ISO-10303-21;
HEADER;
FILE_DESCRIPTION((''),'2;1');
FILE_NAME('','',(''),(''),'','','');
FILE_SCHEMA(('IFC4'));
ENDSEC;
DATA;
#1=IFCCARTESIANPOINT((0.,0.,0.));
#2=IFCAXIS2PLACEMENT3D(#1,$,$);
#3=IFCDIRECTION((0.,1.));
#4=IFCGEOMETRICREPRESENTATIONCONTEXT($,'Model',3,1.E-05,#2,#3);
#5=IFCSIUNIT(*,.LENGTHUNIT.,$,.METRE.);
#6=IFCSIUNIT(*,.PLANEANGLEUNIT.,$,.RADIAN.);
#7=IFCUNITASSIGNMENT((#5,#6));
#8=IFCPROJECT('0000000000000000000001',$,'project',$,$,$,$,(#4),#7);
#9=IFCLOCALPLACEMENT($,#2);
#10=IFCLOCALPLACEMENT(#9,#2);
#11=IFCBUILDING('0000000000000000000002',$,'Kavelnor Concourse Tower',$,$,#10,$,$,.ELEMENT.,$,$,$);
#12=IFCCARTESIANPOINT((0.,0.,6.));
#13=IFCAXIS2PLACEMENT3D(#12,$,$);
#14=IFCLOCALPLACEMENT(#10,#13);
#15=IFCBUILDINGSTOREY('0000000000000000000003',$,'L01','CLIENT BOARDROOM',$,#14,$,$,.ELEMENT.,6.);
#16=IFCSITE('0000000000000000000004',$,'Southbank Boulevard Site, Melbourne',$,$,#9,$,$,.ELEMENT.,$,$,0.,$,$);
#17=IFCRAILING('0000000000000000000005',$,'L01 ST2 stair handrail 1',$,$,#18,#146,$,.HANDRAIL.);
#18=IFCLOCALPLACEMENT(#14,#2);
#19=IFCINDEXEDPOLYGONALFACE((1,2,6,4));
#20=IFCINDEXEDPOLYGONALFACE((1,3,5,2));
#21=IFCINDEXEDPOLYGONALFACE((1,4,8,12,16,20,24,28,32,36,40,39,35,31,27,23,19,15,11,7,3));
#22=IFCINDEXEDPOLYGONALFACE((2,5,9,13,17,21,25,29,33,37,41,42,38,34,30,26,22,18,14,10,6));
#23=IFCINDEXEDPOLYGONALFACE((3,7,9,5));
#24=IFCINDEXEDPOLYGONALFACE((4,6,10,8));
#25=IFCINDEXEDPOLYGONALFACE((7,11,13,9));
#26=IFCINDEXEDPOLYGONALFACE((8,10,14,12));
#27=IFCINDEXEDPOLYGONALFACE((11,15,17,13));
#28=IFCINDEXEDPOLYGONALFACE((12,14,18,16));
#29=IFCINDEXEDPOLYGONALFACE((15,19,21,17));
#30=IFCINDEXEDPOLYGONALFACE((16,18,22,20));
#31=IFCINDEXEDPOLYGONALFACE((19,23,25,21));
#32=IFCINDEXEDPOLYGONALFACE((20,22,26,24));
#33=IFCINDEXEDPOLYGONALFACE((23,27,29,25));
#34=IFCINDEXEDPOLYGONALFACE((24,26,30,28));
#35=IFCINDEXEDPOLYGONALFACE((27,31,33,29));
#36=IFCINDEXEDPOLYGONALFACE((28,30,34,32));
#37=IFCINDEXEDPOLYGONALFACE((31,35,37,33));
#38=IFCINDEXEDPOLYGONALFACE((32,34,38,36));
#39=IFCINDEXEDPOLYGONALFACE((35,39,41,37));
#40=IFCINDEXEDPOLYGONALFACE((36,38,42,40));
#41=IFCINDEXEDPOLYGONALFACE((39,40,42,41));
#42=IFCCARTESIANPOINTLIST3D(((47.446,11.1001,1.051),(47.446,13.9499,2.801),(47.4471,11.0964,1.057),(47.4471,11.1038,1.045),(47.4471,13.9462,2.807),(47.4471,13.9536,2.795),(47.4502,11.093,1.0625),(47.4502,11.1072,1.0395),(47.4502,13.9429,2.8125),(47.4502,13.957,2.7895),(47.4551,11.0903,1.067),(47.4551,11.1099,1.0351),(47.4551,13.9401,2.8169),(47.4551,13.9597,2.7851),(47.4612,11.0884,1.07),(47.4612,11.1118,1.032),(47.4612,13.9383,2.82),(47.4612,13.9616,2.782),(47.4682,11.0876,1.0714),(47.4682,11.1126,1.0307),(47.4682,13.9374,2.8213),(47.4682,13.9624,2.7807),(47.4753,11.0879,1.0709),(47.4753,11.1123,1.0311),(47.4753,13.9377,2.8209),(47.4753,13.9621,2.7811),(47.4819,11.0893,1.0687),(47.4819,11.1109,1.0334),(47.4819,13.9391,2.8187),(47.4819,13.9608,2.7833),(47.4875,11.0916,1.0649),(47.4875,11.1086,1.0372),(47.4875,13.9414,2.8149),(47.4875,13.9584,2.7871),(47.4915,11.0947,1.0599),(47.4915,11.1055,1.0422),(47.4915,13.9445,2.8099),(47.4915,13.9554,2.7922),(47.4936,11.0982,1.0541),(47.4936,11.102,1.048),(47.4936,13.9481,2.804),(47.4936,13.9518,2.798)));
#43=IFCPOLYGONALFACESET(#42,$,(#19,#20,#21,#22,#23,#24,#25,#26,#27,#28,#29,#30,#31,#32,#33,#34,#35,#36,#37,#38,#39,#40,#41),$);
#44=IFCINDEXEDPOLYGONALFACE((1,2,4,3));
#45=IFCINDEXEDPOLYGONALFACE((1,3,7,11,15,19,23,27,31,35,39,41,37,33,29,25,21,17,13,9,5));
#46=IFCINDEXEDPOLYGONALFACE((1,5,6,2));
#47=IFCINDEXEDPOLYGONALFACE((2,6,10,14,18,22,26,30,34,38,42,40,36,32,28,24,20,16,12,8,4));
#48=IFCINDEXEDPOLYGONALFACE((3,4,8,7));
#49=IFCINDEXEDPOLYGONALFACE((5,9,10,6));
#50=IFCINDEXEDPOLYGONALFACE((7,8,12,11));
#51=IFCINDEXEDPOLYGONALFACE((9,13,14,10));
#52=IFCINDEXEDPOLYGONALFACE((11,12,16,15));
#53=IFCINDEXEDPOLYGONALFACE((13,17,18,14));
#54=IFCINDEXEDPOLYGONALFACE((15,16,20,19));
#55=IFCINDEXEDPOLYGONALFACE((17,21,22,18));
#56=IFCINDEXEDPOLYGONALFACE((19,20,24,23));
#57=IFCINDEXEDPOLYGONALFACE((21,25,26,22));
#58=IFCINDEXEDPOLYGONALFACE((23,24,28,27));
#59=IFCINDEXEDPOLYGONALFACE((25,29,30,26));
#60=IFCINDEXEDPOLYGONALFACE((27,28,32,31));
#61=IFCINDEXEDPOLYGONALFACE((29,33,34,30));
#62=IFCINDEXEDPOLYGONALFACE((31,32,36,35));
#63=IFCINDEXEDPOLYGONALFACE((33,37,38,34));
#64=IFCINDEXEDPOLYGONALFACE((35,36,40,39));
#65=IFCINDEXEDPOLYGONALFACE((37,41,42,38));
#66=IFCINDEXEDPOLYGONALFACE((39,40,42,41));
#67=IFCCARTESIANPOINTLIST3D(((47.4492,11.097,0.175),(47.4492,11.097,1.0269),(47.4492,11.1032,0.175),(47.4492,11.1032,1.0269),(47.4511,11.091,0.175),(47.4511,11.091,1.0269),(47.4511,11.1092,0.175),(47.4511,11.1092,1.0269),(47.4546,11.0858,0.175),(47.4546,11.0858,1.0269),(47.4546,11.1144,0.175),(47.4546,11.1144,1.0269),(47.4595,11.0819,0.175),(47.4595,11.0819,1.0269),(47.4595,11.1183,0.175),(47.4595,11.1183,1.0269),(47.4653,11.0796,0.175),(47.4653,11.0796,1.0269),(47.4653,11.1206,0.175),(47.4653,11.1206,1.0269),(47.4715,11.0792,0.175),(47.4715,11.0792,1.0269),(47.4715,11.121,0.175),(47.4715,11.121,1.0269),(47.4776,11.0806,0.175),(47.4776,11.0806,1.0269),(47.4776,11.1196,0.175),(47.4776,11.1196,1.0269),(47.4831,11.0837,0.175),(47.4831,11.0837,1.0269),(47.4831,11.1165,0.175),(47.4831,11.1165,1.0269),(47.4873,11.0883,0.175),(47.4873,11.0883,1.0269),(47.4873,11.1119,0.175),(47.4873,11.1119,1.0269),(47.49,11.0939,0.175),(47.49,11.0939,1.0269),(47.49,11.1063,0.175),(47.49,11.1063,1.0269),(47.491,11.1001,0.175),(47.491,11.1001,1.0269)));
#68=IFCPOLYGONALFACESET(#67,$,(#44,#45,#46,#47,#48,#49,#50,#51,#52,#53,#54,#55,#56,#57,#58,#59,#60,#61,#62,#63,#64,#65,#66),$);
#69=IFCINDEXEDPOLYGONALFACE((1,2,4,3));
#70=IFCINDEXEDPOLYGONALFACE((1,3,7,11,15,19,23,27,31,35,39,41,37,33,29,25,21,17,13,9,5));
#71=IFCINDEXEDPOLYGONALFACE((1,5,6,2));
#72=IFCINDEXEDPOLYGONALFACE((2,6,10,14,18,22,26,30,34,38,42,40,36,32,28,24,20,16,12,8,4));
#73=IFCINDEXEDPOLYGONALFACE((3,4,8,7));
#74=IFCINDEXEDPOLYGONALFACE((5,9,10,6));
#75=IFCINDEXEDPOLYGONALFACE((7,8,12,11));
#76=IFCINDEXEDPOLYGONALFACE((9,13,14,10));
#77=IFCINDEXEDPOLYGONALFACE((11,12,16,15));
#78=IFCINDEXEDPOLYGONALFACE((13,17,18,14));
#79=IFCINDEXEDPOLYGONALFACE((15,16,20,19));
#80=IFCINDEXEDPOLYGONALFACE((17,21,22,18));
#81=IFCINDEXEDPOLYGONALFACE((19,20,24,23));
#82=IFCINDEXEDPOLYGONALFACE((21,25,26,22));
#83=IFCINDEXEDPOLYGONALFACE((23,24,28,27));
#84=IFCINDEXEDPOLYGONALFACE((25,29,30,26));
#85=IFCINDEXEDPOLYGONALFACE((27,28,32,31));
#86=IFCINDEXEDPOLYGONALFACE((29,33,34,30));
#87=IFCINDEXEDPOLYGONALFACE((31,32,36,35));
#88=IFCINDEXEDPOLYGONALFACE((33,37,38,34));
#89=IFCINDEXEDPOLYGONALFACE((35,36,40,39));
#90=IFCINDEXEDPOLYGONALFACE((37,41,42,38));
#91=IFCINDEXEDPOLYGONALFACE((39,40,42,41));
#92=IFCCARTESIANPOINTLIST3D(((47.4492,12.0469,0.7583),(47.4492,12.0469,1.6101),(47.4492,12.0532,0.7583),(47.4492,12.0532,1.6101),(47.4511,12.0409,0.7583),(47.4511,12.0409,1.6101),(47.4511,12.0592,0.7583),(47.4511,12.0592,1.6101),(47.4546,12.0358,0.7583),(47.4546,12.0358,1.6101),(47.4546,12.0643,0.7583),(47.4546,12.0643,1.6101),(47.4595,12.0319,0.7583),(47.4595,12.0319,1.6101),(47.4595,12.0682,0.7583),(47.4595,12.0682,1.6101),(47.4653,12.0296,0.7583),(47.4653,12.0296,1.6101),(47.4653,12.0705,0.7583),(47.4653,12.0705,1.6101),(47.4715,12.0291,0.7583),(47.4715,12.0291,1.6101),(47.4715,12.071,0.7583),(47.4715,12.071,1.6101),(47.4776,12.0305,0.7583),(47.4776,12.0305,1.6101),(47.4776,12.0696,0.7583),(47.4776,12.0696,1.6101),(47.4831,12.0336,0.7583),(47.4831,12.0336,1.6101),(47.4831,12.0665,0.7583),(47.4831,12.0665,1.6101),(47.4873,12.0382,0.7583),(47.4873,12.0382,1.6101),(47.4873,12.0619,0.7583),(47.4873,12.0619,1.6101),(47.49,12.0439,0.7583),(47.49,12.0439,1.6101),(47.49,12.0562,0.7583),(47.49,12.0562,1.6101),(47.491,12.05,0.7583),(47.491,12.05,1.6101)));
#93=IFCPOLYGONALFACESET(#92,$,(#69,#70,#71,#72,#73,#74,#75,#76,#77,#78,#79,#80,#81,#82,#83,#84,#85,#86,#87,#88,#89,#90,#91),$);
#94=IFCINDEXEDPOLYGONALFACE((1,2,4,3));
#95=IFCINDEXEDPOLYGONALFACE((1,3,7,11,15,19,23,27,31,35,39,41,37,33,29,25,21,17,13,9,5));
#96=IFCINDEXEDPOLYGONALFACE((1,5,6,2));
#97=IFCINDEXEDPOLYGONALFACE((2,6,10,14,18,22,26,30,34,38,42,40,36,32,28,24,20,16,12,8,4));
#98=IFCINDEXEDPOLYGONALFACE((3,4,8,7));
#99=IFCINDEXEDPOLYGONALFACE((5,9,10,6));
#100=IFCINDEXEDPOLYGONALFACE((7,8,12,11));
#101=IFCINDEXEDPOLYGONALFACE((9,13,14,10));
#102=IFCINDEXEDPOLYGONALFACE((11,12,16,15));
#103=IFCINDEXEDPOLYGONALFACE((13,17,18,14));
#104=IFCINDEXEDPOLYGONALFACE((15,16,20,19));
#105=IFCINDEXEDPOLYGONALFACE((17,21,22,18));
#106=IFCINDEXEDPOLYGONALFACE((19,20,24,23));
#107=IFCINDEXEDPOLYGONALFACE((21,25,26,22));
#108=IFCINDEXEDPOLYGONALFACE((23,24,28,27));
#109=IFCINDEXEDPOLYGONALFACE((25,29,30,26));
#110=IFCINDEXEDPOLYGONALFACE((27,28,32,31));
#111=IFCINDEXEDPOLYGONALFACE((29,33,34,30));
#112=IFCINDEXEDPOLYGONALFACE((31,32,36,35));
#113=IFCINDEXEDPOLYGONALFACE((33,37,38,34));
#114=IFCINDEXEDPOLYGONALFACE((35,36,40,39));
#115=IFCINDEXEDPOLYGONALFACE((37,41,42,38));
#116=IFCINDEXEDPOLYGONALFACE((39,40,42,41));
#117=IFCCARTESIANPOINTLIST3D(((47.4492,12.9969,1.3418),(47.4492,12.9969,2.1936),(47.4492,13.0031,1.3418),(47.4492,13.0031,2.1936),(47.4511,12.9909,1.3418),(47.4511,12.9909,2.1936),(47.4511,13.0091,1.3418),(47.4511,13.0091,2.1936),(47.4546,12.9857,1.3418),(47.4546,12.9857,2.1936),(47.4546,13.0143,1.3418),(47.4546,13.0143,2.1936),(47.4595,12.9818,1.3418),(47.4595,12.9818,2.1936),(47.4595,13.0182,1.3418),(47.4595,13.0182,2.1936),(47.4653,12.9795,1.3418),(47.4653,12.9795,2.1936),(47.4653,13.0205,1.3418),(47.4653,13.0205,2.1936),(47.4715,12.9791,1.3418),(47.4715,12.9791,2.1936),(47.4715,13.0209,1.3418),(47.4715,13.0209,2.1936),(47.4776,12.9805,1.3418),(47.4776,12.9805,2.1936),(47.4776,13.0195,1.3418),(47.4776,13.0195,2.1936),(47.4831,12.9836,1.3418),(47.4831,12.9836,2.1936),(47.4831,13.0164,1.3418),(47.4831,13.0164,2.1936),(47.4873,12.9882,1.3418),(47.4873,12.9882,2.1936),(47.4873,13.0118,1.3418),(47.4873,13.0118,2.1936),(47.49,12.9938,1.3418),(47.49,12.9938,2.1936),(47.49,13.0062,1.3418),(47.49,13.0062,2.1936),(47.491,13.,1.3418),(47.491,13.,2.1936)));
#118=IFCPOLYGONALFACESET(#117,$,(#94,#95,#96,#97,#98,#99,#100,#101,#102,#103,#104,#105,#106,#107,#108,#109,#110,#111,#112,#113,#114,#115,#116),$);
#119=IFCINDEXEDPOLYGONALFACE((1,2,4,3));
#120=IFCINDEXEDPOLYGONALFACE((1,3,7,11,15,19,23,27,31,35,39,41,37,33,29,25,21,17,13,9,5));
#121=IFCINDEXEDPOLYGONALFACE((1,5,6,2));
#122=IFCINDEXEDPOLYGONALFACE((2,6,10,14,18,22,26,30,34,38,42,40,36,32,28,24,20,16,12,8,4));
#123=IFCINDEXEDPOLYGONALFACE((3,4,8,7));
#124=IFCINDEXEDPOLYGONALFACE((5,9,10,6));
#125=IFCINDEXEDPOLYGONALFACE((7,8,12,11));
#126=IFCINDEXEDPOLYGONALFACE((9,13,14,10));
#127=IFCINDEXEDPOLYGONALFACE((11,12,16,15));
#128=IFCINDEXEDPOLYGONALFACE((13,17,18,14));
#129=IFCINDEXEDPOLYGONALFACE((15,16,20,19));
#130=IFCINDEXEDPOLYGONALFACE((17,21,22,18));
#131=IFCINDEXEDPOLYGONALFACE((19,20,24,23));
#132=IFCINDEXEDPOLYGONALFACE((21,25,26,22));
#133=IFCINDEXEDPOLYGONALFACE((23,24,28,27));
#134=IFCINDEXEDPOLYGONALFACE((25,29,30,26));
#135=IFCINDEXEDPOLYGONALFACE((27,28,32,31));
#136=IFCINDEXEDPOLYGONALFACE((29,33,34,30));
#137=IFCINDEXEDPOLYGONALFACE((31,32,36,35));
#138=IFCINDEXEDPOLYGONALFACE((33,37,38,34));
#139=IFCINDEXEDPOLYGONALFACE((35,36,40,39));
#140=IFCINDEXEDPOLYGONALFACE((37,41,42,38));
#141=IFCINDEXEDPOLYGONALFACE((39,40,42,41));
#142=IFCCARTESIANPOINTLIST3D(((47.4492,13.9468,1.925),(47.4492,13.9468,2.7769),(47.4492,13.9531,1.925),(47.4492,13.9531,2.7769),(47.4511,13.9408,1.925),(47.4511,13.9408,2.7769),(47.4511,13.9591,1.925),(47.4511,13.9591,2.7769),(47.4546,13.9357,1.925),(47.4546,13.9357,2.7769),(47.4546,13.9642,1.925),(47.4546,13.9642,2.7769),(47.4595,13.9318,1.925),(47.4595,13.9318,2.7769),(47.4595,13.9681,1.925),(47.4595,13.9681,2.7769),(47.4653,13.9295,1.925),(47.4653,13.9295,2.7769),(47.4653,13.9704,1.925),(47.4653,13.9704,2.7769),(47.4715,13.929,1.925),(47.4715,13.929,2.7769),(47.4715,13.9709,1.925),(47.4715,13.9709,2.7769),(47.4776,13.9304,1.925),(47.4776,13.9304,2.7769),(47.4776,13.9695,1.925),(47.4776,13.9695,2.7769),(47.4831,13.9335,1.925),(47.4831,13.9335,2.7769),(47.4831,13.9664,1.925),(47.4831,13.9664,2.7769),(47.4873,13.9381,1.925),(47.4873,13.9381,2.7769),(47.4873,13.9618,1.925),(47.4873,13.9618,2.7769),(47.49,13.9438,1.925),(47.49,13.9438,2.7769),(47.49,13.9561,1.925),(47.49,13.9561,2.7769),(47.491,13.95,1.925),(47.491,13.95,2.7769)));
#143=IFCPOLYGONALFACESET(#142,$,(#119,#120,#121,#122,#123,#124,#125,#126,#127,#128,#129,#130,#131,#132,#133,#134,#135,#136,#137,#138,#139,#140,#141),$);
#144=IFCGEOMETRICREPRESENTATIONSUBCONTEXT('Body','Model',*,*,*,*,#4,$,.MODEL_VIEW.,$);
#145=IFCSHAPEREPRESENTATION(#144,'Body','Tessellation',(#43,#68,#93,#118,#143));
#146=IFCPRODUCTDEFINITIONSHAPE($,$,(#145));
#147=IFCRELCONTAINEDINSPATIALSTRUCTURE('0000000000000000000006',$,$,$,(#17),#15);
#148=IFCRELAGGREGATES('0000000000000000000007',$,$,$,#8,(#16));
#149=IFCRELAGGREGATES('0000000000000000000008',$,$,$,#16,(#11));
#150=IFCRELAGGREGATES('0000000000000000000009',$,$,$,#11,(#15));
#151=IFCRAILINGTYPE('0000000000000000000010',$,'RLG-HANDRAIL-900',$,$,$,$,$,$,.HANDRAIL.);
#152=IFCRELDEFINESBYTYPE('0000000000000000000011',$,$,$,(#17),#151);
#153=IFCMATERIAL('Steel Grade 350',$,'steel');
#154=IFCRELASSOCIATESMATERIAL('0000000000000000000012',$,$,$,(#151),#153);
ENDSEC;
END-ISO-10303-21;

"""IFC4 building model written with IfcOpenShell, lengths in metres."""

from ifc_helpers import new_model, si_unit, direction, frame, origin, origin_2d, place, context, subcontext, project, spatial, circle, extrude, material, type_object, element, save


model = new_model("IFC4")

# Units and contexts
model_context = context("Model", 3, precision=1e-05, world=origin(), true_north=direction((0.0, 1.0)))
body_context = subcontext(model_context, "Body", "Model", "MODEL_VIEW")
ifc_project = project(units=[si_unit("LENGTHUNIT", "METRE"), si_unit("PLANEANGLEUNIT", "RADIAN")], contexts=[model_context])

# Site, building, storey
site_placement = place(None, origin())
site = spatial("IfcSite", under=ifc_project, at=site_placement, Name="Southbank Boulevard Site, Melbourne", CompositionType="ELEMENT", RefElevation=0.0)
building_placement = place(site_placement, origin())
building = spatial("IfcBuilding", under=site, at=building_placement, Name="Kavelnor Concourse Tower", CompositionType="ELEMENT")
storey_placement = place(building_placement, frame((0.0, 0.0, 6.0)))
storey = spatial("IfcBuildingStorey", under=building, at=storey_placement, Name="L01", Description="CLIENT BOARDROOM", CompositionType="ELEMENT", Elevation=6.0)

# Shared definitions
ifc_material_1 = material(Name="Steel Grade 350", Category="steel")

# Railing
railing_type_1 = type_object("IfcRailingType", Name="RLG-HANDRAIL-900", PredefinedType="HANDRAIL", material=ifc_material_1)
railing_1_placement = place(storey_placement, frame((47.47, 11.1001, 0.175)))
element("IfcRailing", 1, at=railing_1_placement, inside=storey, type_object=railing_type_1, Name="L01 ST2 stair handrail 1", PredefinedType="HANDRAIL", context=body_context, shape_type="SweptSolid", body=[
    extrude(circle(Radius=0.0239, at=origin_2d()), frame((0.0, 0.0, 0.876), z_axis=(0.0, 0.852159, 0.523283), x_axis=(-1.0, 0.0, 0.0)), (0.0, 0.0, 1.0), 3.3442),
    extrude(circle(Radius=0.021, at=origin_2d()), origin(), (0.0, 0.0, 1.0), 0.8518),
    extrude(circle(Radius=0.021, at=origin_2d()), frame((0.0, 0.95, 0.5833)), (0.0, 0.0, 1.0), 0.8518),
    extrude(circle(Radius=0.021, at=origin_2d()), frame((0.0, 1.8999, 1.1667)), (0.0, 0.0, 1.0), 0.8518),
    extrude(circle(Radius=0.021, at=origin_2d()), frame((0.0, 2.8499, 1.75)), (0.0, 0.0, 1.0), 0.8518),
])

save(model, "model.ifc")
